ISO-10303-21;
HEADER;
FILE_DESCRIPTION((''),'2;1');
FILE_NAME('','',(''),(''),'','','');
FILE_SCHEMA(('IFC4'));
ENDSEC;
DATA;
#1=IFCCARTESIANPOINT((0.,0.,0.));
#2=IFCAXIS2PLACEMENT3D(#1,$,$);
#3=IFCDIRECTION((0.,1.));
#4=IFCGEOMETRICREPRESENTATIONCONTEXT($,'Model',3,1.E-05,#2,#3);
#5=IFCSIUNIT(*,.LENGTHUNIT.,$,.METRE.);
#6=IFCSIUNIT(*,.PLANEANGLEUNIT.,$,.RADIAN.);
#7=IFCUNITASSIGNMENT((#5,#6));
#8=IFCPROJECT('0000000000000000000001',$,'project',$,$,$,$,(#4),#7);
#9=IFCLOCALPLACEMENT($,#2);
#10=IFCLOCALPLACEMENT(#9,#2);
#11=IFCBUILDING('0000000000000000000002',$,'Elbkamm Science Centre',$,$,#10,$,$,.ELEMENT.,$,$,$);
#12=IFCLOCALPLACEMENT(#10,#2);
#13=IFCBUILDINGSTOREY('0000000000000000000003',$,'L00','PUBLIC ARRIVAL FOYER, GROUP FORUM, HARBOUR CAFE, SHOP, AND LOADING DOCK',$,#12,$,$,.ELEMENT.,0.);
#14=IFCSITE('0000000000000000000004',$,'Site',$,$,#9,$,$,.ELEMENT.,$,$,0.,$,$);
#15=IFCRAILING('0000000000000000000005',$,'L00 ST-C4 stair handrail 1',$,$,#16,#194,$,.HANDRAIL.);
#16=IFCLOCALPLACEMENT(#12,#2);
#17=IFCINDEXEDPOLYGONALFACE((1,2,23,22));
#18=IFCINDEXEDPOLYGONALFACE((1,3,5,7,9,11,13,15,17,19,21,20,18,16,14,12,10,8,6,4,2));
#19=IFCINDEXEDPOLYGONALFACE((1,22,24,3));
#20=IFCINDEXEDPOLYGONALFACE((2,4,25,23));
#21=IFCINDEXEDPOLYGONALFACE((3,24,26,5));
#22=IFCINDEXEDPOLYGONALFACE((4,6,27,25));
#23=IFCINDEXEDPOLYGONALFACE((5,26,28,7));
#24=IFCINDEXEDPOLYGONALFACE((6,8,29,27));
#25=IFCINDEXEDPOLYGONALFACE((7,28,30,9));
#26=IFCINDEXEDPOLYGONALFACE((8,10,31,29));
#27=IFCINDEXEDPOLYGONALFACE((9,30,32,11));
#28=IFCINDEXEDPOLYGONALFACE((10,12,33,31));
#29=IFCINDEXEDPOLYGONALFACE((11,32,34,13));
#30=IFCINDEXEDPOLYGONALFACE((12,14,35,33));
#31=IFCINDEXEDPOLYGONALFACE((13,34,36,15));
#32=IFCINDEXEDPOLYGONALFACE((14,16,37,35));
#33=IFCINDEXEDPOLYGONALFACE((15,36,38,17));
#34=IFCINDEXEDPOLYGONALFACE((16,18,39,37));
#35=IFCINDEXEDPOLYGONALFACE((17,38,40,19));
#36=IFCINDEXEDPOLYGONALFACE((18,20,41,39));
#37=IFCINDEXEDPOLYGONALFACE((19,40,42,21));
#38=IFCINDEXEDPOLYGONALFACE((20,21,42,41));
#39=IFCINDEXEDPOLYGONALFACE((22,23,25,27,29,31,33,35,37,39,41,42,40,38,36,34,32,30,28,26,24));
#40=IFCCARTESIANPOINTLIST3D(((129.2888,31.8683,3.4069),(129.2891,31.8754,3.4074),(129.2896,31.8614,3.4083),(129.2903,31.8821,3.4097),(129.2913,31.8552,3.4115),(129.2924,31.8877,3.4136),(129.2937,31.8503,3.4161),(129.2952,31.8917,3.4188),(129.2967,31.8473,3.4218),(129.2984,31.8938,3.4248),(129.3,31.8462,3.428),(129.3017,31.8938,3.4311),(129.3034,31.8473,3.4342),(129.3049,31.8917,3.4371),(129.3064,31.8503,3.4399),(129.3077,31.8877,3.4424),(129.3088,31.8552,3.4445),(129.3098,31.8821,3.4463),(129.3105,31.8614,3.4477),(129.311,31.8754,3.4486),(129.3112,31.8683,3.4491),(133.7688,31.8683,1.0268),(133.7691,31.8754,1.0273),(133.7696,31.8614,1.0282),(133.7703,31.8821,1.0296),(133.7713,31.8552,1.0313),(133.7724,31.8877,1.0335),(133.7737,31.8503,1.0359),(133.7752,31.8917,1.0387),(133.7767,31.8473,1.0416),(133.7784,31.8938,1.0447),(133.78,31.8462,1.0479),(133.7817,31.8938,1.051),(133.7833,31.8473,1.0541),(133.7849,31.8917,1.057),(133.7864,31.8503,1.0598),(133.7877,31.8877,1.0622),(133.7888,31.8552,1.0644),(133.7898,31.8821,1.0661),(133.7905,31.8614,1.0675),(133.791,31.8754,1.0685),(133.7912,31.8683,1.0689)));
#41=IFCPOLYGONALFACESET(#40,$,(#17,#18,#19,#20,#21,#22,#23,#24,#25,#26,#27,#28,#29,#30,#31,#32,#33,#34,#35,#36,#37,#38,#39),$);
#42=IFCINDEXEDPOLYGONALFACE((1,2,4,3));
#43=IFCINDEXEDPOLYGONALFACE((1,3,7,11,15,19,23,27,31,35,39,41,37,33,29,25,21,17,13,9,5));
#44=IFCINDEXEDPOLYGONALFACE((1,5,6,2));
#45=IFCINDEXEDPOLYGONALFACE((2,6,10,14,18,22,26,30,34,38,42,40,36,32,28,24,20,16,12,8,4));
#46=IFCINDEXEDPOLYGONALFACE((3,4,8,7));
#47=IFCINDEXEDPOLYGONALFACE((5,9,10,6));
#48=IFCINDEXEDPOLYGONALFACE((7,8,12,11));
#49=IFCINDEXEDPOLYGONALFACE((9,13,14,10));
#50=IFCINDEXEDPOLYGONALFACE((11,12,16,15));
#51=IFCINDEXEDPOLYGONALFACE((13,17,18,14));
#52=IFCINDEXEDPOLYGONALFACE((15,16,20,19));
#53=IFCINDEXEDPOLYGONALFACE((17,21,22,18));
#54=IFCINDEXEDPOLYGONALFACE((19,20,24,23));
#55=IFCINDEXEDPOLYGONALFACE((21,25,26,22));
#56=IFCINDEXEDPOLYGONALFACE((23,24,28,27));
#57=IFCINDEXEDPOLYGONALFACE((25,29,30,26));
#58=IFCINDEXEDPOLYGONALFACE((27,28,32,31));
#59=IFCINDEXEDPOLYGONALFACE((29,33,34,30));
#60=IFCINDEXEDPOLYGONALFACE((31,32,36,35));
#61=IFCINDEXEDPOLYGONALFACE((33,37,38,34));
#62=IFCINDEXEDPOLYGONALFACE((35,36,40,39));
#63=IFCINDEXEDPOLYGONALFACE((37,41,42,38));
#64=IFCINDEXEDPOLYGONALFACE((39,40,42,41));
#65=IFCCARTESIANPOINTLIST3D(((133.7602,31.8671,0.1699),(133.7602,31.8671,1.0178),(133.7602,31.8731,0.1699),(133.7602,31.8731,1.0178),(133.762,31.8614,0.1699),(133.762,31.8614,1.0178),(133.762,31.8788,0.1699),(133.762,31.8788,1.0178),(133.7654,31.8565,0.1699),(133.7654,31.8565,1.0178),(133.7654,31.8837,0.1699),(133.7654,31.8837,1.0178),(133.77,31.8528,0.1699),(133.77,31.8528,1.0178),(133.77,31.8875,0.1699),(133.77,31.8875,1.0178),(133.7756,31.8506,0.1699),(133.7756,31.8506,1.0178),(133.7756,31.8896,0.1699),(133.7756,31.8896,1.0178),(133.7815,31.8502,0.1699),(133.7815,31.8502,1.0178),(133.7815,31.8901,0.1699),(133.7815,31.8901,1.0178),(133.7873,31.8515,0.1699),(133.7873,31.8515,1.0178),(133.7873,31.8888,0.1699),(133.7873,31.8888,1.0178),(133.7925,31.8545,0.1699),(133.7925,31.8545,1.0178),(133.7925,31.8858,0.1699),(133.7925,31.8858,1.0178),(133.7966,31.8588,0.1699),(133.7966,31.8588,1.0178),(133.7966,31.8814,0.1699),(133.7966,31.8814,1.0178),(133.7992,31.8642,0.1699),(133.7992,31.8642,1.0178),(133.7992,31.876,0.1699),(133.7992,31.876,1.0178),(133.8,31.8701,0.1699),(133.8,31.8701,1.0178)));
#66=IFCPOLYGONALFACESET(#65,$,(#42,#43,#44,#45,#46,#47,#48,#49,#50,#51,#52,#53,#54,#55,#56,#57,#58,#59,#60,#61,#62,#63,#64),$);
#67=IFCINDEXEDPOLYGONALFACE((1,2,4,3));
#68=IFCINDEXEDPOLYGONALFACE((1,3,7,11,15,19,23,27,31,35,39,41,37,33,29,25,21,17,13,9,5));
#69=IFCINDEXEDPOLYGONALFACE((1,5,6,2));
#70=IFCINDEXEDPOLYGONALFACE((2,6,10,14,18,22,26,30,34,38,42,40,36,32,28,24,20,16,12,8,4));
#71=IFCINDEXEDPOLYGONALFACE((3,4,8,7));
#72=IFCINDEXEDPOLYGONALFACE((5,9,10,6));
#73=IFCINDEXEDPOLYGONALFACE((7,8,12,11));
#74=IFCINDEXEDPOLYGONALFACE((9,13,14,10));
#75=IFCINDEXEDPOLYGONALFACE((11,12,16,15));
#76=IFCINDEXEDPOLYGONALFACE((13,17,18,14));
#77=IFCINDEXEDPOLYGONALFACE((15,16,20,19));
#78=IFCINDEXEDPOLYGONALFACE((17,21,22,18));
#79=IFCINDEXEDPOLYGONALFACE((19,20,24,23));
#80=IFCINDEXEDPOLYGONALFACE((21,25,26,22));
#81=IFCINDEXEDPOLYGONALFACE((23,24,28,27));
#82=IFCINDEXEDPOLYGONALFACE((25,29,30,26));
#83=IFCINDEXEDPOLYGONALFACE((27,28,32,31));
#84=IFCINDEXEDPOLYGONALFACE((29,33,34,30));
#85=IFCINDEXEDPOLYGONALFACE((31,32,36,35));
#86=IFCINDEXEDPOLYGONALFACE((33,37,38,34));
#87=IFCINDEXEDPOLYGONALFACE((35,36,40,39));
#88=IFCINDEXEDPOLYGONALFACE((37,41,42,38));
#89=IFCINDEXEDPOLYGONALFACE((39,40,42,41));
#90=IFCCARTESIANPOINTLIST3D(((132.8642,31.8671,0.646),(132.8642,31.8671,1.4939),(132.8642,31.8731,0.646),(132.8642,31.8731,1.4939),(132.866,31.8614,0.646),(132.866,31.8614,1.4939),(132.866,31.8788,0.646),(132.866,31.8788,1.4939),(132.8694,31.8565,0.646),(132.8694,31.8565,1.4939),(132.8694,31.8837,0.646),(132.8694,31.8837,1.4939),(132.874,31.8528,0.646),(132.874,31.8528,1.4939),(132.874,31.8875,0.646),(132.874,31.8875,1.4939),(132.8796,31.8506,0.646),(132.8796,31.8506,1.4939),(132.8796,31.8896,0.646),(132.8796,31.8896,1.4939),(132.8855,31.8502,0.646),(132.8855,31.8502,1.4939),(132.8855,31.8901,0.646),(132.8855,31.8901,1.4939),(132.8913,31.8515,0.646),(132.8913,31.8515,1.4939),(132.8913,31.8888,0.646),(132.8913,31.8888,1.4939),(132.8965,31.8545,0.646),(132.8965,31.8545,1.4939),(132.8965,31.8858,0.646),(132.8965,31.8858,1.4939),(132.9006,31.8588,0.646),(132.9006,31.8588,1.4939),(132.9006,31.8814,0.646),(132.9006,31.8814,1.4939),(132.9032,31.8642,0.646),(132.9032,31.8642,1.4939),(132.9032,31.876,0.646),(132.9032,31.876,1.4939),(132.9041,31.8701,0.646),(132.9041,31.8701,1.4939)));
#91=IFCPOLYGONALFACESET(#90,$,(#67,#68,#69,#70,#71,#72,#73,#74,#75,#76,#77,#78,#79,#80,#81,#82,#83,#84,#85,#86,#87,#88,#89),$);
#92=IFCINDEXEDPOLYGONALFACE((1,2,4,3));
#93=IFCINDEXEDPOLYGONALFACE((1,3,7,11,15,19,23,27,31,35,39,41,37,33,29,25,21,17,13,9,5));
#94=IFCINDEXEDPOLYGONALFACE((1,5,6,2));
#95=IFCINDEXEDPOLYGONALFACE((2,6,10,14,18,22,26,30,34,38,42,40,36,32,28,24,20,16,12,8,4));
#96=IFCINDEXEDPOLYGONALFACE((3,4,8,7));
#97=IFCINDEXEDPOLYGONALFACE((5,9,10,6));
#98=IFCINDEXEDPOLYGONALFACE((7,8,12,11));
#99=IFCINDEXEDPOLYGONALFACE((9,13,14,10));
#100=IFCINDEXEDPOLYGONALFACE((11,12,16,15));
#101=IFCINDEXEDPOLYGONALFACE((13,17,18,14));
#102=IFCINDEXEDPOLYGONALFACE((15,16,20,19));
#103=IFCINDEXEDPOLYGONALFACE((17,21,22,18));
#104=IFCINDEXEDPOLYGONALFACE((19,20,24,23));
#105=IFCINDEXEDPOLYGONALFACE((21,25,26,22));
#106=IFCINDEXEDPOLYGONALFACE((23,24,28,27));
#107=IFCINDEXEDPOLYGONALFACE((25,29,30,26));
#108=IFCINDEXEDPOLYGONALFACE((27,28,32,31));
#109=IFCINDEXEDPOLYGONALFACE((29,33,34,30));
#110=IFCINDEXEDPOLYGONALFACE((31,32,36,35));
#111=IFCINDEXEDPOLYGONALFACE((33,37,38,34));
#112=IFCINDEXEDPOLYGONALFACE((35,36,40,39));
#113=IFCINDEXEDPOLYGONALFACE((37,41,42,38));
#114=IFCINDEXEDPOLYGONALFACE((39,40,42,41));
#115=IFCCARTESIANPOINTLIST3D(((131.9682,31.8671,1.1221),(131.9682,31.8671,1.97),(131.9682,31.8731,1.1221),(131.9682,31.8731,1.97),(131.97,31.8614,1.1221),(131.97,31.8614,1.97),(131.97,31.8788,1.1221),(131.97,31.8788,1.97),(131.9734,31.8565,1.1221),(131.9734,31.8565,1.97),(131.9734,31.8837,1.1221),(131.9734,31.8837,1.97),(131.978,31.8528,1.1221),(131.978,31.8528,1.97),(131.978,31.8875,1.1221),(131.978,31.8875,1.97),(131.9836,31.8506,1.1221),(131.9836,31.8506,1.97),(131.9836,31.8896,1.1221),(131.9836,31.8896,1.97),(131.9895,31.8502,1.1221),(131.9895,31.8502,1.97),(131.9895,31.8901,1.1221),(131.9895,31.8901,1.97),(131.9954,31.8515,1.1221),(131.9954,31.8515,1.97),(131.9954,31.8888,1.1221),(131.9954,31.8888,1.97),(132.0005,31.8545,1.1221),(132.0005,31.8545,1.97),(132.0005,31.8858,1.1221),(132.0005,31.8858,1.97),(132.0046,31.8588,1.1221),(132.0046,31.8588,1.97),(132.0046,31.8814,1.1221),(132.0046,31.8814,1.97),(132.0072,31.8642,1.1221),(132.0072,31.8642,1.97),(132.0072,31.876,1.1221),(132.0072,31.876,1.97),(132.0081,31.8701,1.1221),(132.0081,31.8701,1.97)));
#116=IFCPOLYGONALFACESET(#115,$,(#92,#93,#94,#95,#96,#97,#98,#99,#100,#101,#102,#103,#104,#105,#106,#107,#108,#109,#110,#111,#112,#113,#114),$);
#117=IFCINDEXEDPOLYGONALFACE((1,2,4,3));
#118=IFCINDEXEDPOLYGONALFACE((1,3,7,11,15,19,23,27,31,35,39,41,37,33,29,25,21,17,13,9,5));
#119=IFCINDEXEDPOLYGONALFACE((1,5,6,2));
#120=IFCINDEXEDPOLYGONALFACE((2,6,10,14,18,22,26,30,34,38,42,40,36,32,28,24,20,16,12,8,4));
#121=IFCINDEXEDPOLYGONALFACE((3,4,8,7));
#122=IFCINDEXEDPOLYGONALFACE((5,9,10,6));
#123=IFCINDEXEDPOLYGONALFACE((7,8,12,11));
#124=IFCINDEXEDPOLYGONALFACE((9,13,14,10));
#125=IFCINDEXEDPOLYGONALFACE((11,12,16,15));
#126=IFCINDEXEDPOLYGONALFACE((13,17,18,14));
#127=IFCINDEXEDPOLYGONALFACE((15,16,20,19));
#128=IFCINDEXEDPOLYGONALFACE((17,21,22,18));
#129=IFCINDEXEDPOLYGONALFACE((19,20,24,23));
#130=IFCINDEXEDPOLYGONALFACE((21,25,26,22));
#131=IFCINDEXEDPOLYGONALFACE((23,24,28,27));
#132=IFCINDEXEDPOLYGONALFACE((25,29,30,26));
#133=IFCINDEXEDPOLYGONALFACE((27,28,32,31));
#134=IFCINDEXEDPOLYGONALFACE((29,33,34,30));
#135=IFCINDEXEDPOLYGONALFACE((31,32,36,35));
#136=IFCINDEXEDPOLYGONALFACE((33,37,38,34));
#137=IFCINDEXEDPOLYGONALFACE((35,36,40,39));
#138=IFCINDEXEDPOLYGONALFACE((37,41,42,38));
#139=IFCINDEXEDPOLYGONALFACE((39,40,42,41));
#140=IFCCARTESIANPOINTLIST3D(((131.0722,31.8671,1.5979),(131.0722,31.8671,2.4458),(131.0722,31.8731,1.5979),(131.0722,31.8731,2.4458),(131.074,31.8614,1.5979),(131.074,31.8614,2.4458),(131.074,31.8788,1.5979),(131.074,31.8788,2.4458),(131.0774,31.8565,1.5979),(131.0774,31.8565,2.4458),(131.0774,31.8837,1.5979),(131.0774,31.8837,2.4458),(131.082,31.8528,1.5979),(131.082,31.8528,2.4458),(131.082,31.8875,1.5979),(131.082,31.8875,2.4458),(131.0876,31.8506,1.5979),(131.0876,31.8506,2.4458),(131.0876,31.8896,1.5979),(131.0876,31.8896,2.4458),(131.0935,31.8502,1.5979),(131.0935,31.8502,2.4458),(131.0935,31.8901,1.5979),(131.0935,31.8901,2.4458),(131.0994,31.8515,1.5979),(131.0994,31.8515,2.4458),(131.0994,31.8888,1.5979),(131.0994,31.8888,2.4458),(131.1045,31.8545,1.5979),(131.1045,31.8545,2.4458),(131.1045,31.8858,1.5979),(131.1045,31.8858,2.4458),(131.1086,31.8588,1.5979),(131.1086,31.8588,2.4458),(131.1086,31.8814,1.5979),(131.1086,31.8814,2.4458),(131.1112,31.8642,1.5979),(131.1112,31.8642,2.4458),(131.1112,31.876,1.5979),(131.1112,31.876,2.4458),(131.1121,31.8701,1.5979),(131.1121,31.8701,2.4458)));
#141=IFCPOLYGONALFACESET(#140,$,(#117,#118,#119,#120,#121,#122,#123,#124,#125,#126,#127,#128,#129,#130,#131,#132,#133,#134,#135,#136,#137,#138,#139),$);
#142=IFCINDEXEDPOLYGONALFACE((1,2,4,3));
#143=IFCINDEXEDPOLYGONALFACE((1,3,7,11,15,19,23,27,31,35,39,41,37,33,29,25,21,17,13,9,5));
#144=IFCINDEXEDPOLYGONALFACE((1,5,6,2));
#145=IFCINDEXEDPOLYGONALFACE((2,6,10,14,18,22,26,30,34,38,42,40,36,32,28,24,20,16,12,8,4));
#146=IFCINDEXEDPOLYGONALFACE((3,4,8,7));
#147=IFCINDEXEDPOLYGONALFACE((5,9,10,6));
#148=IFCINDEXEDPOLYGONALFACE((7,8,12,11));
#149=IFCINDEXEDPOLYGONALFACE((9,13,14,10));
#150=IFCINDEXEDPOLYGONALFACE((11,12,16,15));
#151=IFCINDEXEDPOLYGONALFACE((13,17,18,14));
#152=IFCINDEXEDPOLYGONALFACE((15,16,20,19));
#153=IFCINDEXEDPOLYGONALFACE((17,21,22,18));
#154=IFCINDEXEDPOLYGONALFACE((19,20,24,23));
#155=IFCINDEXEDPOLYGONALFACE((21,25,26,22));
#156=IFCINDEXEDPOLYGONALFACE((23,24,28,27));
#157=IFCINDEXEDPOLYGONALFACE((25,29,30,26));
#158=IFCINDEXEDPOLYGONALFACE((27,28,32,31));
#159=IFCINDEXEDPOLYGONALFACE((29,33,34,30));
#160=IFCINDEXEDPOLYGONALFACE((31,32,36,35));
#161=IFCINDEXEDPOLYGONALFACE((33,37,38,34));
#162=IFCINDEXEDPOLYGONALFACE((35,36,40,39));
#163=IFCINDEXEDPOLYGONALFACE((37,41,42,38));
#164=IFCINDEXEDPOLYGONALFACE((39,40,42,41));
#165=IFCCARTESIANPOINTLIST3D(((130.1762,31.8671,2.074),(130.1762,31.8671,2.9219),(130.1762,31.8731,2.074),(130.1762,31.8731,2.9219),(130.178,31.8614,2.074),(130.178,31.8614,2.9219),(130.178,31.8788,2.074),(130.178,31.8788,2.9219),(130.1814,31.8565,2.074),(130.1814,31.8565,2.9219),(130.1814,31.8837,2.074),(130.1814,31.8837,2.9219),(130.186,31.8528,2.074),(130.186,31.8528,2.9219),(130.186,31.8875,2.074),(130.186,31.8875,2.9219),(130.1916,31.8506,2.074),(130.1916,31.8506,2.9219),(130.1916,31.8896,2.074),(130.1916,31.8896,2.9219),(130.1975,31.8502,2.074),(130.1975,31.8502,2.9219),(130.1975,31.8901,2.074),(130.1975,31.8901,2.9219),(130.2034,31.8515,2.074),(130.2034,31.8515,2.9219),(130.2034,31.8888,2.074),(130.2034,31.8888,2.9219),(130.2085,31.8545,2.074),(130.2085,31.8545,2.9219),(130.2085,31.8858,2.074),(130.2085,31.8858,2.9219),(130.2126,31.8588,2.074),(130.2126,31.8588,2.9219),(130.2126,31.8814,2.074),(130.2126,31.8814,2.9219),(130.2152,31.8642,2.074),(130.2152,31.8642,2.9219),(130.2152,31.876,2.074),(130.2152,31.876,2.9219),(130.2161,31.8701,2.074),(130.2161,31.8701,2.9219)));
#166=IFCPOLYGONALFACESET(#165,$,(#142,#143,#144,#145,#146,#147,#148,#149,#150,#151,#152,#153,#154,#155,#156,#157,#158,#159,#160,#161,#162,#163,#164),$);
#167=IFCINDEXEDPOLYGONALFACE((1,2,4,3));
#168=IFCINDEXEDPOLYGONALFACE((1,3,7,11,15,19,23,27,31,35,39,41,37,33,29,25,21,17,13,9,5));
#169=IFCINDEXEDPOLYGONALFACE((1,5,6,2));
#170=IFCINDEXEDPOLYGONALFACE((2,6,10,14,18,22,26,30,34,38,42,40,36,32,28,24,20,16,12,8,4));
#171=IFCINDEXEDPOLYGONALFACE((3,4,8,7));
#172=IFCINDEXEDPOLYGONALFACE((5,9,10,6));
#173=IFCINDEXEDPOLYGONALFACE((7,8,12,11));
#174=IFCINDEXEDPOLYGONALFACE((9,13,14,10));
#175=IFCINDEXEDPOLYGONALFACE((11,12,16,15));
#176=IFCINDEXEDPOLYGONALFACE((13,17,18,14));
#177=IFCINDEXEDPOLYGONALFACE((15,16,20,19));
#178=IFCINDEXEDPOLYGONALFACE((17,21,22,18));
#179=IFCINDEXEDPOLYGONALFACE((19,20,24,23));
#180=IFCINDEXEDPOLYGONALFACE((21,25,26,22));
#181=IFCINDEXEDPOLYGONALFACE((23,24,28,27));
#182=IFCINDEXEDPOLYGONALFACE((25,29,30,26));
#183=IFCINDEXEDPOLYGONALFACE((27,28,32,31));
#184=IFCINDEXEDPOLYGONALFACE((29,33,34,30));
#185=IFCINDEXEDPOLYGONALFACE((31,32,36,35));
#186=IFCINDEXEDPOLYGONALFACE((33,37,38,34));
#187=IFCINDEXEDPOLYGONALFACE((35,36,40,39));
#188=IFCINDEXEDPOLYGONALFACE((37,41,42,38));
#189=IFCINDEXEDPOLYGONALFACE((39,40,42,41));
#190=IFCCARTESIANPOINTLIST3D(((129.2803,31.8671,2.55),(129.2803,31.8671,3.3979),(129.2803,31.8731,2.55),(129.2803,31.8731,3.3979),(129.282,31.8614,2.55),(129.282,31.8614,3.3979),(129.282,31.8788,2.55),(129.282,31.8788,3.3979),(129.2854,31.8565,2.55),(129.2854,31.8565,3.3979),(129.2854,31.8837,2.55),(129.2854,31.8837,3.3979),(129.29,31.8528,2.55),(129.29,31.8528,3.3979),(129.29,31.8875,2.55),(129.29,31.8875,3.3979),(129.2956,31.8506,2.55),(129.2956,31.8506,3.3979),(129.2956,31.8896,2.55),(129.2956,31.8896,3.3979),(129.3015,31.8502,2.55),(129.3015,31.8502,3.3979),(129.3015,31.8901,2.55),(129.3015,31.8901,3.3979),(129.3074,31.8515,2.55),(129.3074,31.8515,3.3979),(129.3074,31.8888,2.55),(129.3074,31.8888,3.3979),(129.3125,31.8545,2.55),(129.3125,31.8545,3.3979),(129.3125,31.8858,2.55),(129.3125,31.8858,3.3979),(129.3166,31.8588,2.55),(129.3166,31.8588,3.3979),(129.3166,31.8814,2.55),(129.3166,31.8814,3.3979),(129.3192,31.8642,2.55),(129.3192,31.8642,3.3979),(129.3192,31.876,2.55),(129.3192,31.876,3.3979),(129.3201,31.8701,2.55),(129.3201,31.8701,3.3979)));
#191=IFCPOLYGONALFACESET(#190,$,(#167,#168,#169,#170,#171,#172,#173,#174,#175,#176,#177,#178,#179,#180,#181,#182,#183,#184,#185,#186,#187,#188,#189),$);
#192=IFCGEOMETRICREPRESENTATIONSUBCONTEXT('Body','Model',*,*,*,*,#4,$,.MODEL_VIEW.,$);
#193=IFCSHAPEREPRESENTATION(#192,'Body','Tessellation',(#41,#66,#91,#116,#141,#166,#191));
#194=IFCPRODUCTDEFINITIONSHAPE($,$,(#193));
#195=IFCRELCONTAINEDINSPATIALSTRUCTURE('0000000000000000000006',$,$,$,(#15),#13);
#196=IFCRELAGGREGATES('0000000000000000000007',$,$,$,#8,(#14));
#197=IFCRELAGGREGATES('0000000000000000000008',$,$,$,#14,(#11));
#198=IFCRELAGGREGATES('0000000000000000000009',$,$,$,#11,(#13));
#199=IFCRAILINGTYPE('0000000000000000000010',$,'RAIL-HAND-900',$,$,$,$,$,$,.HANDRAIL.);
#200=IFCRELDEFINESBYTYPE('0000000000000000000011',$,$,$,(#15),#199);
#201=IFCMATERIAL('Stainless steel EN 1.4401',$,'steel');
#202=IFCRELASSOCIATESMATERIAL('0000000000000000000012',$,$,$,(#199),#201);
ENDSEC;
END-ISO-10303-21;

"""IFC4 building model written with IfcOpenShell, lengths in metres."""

from ifc_helpers import new_model, si_unit, direction, frame, origin, origin_2d, place, context, subcontext, project, spatial, circle, extrude, material, type_object, element, save


model = new_model("IFC4")

# Units and contexts
model_context = context("Model", 3, precision=1e-05, world=origin(), true_north=direction((0.0, 1.0)))
body_context = subcontext(model_context, "Body", "Model", "MODEL_VIEW")
ifc_project = project(units=[si_unit("LENGTHUNIT", "METRE"), si_unit("PLANEANGLEUNIT", "RADIAN")], contexts=[model_context])

# Site, building, storey
site_placement = place(None, origin())
site = spatial("IfcSite", under=ifc_project, at=site_placement, Name="Site", CompositionType="ELEMENT", RefElevation=0.0)
building_placement = place(site_placement, origin())
building = spatial("IfcBuilding", under=site, at=building_placement, Name="Elbkamm Science Centre", CompositionType="ELEMENT")
storey_placement = place(building_placement, origin())
storey = spatial("IfcBuildingStorey", under=building, at=storey_placement, Name="L00", Description="PUBLIC ARRIVAL FOYER, GROUP FORUM, HARBOUR CAFE, SHOP, AND LOADING DOCK", CompositionType="ELEMENT", Elevation=0.0)

# Railing
ifc_material_1 = material(Name="Stainless steel EN 1.4401", Category="steel")
railing_type_1 = type_object("IfcRailingType", Name="RAIL-HAND-900", PredefinedType="HANDRAIL", material=ifc_material_1)
railing_1_placement = place(storey_placement, frame((133.78, 31.8701, 0.1699)))
element("IfcRailing", 1, at=railing_1_placement, inside=storey, type_object=railing_type_1, Name="L00 ST-C4 stair handrail 1", PredefinedType="HANDRAIL", context=body_context, shape_type="SweptSolid", body=[
    extrude(circle(Radius=0.0239, at=origin_2d()), frame((0.0, 0.0, 0.8779), z_axis=(-0.883105, 0.0, 0.469176), x_axis=(0.0, -1.0, 0.0)), (0.0, 0.0, 1.0), 5.073),
    extrude(circle(Radius=0.02, at=origin_2d()), origin(), (0.0, 0.0, 1.0), 0.8479),
    extrude(circle(Radius=0.02, at=origin_2d()), frame((-0.896, 0.0, 0.4761)), (0.0, 0.0, 1.0), 0.8479),
    extrude(circle(Radius=0.02, at=origin_2d()), frame((-1.792, 0.0, 0.9521)), (0.0, 0.0, 1.0), 0.8479),
    extrude(circle(Radius=0.02, at=origin_2d()), frame((-2.688, 0.0, 1.428)), (0.0, 0.0, 1.0), 0.8479),
    extrude(circle(Radius=0.02, at=origin_2d()), frame((-3.584, 0.0, 1.9041)), (0.0, 0.0, 1.0), 0.8479),
    extrude(circle(Radius=0.02, at=origin_2d()), frame((-4.48, 0.0, 2.3801)), (0.0, 0.0, 1.0), 0.8479),
])

save(model, "model.ifc")
